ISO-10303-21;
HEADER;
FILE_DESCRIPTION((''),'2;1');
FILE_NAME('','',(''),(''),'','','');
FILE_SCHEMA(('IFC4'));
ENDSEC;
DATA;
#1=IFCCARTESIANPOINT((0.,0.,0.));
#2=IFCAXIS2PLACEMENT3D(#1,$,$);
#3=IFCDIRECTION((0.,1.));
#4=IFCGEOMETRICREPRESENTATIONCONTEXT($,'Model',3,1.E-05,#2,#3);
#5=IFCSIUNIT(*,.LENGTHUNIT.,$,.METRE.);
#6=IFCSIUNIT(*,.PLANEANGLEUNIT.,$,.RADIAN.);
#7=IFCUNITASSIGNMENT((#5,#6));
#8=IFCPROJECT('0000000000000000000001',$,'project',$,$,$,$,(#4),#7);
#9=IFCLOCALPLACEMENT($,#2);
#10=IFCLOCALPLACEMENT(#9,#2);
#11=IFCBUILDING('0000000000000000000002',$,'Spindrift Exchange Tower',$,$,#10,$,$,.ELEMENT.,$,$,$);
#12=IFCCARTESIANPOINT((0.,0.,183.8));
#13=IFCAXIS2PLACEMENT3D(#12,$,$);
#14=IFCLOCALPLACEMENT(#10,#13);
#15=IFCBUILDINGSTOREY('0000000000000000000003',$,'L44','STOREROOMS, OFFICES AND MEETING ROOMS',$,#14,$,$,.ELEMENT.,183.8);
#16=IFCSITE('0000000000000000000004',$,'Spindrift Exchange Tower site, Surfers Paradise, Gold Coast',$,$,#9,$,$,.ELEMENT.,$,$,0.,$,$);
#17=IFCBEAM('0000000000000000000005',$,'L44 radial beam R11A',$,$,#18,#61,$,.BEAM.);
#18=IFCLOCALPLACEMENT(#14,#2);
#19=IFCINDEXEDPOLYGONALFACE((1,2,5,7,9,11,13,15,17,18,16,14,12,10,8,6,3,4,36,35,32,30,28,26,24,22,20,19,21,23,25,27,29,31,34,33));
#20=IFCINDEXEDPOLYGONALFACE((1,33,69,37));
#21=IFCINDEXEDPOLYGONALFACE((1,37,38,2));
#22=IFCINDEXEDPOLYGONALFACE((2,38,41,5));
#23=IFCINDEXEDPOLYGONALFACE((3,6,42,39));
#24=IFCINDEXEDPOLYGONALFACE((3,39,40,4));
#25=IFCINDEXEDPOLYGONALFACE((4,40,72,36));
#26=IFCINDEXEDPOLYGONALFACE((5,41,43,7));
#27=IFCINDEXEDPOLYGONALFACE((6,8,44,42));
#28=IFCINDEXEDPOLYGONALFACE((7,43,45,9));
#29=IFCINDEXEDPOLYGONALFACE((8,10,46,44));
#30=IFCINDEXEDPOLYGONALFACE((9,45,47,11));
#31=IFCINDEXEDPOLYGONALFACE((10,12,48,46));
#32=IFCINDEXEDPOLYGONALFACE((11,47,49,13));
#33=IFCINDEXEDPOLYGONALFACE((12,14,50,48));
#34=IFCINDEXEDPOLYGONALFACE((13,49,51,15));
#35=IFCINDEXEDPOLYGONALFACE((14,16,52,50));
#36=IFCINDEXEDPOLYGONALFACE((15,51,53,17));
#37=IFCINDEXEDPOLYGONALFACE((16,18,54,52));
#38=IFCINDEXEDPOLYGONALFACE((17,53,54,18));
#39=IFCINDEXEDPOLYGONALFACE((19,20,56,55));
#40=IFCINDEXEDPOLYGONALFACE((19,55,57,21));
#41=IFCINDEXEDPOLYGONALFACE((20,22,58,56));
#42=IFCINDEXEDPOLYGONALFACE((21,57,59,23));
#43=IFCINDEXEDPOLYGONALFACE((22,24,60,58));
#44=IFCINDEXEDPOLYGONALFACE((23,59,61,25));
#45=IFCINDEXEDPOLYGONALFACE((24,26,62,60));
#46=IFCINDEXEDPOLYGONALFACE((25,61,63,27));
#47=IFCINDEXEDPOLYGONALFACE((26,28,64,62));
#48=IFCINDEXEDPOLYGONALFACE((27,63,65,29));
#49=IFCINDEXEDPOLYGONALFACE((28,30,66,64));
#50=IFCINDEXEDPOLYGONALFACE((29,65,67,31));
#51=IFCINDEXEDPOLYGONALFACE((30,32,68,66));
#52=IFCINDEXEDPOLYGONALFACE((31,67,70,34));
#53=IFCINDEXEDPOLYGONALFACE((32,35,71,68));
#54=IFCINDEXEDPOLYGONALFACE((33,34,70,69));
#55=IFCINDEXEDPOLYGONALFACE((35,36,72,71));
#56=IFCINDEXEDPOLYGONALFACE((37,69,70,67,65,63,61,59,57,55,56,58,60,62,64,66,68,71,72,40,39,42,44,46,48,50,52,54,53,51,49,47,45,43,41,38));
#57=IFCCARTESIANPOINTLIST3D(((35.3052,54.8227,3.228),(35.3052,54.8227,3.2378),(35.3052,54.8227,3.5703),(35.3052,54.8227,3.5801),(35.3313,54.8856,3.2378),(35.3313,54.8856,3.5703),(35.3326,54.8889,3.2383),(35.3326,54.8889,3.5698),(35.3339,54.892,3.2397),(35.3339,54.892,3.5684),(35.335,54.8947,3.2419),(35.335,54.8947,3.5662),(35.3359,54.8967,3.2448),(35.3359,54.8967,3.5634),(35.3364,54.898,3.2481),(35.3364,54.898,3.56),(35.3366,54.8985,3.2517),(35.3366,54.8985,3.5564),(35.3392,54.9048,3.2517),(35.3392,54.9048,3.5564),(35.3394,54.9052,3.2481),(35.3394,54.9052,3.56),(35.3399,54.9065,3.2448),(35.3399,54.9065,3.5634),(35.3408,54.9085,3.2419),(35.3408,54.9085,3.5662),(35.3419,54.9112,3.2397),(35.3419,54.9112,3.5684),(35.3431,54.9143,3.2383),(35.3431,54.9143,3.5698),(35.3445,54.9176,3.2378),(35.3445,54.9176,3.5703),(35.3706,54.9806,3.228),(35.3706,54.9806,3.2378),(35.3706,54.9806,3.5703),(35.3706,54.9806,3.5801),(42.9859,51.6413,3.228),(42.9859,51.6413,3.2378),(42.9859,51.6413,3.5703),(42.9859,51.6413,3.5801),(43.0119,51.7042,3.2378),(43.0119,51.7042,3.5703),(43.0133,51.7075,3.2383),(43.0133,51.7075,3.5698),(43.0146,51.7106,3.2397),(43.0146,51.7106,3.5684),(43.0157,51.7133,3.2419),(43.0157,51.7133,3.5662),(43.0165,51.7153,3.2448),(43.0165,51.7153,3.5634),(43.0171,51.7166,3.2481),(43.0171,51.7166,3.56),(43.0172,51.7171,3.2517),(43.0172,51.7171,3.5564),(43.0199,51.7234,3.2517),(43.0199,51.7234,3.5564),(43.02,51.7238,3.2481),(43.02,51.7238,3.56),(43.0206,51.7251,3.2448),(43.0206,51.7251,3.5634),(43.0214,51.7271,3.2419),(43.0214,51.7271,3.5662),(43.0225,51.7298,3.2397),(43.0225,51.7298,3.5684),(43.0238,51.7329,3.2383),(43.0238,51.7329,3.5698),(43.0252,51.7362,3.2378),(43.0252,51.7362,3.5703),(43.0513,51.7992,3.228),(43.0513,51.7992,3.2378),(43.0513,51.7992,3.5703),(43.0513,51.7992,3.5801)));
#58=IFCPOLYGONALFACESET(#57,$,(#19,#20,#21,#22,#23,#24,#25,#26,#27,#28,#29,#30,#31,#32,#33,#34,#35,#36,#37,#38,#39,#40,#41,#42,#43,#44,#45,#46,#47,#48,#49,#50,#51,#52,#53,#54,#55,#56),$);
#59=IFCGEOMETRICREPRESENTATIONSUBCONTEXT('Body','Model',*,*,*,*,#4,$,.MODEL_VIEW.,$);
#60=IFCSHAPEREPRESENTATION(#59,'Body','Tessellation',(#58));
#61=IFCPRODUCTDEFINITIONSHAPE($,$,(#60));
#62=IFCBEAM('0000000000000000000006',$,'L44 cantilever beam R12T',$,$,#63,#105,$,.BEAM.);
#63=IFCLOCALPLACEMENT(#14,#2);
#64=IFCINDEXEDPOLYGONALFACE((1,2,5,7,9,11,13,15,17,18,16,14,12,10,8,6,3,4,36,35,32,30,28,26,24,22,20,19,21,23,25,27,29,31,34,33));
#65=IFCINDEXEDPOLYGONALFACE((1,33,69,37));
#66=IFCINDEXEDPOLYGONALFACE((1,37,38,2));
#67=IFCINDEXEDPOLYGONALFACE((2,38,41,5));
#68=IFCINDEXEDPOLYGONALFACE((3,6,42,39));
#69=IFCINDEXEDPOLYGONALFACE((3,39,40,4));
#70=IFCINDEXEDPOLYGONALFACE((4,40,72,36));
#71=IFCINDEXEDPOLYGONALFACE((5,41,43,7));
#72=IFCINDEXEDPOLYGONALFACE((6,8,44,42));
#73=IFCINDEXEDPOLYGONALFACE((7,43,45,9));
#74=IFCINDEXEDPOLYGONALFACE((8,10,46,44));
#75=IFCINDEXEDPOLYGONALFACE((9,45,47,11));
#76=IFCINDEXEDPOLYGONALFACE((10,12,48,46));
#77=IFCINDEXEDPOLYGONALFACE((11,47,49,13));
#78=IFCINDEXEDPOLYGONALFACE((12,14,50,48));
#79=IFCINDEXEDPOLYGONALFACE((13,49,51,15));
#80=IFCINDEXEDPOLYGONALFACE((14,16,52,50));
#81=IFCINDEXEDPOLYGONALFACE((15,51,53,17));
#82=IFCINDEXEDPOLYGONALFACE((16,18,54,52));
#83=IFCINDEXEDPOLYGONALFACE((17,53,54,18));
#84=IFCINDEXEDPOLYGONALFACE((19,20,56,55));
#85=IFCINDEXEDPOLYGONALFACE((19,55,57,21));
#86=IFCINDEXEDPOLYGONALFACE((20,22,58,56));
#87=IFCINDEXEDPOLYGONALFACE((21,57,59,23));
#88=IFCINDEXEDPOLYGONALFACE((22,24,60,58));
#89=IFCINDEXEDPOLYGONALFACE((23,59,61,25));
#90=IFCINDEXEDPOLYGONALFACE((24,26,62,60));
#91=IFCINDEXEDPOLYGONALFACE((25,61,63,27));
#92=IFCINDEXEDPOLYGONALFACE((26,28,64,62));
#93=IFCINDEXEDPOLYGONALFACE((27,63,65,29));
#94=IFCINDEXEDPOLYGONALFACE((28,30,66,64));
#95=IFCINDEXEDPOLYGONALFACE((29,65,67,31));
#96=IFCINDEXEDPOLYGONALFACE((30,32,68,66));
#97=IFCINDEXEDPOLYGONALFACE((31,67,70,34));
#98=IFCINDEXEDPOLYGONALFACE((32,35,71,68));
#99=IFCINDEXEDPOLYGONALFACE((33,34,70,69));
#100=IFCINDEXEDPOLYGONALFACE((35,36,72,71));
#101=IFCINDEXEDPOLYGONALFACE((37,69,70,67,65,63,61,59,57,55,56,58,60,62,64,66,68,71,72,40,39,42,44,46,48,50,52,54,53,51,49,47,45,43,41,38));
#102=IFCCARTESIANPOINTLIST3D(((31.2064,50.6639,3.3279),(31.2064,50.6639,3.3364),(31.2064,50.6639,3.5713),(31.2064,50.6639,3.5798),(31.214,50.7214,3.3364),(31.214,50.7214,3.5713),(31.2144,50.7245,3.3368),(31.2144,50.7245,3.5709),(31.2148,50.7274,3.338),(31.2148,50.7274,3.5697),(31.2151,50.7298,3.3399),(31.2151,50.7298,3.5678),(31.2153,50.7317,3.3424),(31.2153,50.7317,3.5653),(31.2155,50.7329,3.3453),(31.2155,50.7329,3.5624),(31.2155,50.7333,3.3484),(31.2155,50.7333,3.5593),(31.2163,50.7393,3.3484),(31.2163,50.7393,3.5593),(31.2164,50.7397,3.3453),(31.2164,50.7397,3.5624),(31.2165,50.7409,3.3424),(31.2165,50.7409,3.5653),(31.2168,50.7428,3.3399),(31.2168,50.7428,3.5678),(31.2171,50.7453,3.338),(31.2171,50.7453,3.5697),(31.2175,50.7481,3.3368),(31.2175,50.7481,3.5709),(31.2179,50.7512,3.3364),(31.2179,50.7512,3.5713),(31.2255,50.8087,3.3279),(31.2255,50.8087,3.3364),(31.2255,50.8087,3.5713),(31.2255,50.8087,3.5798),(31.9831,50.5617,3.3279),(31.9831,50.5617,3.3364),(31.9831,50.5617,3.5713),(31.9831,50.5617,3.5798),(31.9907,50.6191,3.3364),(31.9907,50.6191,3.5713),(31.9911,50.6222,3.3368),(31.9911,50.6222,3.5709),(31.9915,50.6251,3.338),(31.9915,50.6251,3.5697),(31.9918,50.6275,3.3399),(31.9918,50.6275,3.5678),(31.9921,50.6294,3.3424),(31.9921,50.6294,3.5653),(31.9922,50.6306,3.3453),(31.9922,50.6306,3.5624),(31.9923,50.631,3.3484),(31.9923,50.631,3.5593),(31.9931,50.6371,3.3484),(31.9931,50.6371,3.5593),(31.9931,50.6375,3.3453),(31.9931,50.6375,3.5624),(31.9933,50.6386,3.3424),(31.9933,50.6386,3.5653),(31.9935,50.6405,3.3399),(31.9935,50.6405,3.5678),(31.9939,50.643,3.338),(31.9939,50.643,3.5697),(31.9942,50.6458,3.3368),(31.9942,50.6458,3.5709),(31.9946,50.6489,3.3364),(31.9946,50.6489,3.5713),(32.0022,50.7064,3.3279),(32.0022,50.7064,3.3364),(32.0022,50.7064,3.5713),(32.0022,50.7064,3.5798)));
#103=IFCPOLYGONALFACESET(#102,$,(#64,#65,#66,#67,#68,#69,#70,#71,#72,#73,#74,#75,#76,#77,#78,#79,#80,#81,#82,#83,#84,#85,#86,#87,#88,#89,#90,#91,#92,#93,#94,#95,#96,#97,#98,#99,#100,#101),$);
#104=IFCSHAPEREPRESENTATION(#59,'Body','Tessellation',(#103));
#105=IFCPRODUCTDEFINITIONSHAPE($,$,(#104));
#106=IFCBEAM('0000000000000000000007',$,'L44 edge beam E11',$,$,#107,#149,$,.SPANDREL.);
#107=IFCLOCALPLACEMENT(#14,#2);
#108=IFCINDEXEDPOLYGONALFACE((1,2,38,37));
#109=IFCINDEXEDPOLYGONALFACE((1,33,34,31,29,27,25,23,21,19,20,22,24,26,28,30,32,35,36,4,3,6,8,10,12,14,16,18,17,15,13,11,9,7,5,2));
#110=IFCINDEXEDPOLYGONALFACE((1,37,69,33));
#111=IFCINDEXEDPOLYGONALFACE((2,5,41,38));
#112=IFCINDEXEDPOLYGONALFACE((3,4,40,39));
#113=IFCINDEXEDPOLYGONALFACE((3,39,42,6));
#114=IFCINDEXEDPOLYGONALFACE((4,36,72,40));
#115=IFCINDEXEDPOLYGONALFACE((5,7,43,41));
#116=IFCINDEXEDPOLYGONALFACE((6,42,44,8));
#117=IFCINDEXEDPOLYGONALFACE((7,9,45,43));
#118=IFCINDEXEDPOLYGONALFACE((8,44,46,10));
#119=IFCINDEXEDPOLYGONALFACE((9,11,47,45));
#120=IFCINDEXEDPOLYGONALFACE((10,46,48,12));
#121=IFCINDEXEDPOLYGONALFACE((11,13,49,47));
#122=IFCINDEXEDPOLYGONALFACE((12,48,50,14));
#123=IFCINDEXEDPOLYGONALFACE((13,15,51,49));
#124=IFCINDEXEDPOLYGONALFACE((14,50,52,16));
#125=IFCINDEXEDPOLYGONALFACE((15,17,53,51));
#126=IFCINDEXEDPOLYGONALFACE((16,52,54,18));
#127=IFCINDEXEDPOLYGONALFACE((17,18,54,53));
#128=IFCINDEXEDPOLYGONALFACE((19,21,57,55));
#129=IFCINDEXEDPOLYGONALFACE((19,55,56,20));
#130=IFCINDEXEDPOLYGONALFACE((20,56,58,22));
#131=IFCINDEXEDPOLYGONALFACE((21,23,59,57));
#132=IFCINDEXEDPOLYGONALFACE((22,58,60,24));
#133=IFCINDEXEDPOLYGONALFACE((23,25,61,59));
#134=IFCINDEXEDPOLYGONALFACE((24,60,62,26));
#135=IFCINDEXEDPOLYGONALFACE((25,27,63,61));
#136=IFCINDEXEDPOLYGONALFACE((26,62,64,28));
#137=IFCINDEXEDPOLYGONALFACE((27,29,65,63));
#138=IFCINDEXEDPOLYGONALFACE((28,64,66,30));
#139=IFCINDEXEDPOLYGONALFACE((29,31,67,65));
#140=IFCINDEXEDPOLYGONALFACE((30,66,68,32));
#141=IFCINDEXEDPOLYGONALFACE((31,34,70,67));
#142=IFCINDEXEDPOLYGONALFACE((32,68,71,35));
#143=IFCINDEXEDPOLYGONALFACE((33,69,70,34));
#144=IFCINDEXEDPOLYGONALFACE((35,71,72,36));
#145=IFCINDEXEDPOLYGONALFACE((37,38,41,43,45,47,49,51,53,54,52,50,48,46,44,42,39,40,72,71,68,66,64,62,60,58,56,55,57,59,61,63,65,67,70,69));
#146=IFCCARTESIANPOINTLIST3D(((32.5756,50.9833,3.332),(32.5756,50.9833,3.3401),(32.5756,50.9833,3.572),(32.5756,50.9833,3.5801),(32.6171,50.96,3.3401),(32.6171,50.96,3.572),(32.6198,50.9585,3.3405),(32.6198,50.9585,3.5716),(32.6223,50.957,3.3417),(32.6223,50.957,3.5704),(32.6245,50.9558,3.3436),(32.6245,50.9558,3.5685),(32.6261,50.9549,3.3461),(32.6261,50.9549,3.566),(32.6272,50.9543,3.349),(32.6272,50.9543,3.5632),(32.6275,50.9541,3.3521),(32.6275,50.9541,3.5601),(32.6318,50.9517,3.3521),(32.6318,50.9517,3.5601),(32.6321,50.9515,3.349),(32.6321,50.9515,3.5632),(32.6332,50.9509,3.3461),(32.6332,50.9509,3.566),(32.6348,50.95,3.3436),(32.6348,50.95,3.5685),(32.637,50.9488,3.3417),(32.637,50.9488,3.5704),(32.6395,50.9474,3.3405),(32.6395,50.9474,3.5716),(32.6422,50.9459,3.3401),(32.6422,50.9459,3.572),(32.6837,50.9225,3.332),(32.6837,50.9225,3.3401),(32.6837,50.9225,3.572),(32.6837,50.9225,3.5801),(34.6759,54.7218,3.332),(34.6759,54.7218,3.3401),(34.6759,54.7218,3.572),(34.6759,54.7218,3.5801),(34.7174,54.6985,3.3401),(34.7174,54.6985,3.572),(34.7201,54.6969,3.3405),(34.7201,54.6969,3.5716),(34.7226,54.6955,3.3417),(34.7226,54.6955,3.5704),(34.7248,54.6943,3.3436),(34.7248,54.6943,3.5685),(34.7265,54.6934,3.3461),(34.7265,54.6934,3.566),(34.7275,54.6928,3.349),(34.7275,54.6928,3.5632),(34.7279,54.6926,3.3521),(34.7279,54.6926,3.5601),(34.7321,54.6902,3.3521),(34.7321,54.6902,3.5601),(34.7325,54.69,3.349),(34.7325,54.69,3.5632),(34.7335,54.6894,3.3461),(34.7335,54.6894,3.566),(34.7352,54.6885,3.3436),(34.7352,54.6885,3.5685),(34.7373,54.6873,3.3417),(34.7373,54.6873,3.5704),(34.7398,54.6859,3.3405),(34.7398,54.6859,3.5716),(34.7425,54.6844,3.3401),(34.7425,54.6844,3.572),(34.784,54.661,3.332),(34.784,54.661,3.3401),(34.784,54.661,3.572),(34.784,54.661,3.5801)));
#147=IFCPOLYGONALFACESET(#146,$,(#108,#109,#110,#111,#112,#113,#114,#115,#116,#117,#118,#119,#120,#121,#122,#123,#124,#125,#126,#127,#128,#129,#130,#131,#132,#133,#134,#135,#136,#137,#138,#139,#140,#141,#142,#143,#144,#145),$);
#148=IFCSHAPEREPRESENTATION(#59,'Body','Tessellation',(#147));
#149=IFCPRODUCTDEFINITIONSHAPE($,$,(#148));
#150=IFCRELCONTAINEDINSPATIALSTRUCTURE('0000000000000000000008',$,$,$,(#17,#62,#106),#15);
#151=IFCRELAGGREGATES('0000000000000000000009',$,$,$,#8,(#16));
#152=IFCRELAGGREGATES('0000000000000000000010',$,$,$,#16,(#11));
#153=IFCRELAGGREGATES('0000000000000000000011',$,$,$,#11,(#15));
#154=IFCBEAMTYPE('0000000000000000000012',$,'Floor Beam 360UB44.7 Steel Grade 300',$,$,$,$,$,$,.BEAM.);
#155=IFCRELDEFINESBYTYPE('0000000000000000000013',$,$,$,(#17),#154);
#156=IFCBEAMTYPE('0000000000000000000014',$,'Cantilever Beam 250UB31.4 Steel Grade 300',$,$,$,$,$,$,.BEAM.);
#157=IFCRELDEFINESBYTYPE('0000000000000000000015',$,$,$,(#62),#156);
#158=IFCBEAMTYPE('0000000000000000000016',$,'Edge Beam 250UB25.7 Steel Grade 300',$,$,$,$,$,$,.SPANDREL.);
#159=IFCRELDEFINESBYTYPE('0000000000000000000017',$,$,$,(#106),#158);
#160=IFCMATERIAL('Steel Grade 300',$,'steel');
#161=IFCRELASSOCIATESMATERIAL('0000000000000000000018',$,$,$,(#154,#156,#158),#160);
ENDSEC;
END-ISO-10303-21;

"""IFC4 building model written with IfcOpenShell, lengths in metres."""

from ifc_helpers import new_model, si_unit, direction, frame, origin, origin_2d, place, context, subcontext, project, spatial, i_section, extrude, source, transform, mapped, material, material_profile, profile_set, type_object, element, save


model = new_model("IFC4")

# Units and contexts
model_context = context("Model", 3, precision=1e-05, world=origin(), true_north=direction((0.0, 1.0)))
body_context = subcontext(model_context, "Body", "Model", "MODEL_VIEW")
ifc_project = project(units=[si_unit("LENGTHUNIT", "METRE"), si_unit("PLANEANGLEUNIT", "RADIAN")], contexts=[model_context])

# Site, building, storey
site_placement = place(None, origin())
site = spatial("IfcSite", under=ifc_project, at=site_placement, Name="Spindrift Exchange Tower site, Surfers Paradise, Gold Coast", CompositionType="ELEMENT", RefElevation=0.0)
building_placement = place(site_placement, origin())
building = spatial("IfcBuilding", under=site, at=building_placement, Name="Spindrift Exchange Tower", CompositionType="ELEMENT")
storey_placement = place(building_placement, frame((0.0, 0.0, 183.8)))
storey = spatial("IfcBuildingStorey", under=building, at=storey_placement, Name="L44", Description="STOREROOMS, OFFICES AND MEETING ROOMS", CompositionType="ELEMENT", Elevation=183.8)

# Beams
ifc_material_1 = material(Name="Steel Grade 300", Category="steel")
ifc_material_profile_1 = material_profile(ifc_material_1, i_section(OverallWidth=0.1709, OverallDepth=0.3521, WebThickness=0.0068, FlangeThickness=0.0098, FilletRadius=0.0139, at=origin_2d()), Name="360UB44.7")
ifc_profile_set_1 = profile_set([ifc_material_profile_1], Name="Steel Grade 300")
beam_type_1 = type_object("IfcBeamType", Name="Floor Beam 360UB44.7 Steel Grade 300", PredefinedType="BEAM", material=ifc_profile_set_1)
shared_shape_1 = source(origin(), body_context, "Body", "SweptSolid", [
    extrude(i_section(OverallWidth=0.1709, OverallDepth=0.3521, WebThickness=0.0068, FlangeThickness=0.0098, FilletRadius=0.0139, at=origin_2d()), origin(), (0.0, 0.0, 1.0), 8.3135),
])
beam_1_placement = place(storey_placement, frame((43.0186, 51.7202, 3.4041), z_axis=(-0.923881, 0.382679, 0.0), x_axis=(-0.382679, -0.923881, 0.0)))
element("IfcBeam", 1, at=beam_1_placement, inside=storey, type_object=beam_type_1, Name="L44 radial beam R11A", PredefinedType="BEAM", context=body_context, shape_type="MappedRepresentation", body=[
    mapped(shared_shape_1, transform((0.0, 0.0, 0.0), scale=1.0)),
])
ifc_material_profile_2 = material_profile(ifc_material_1, i_section(OverallWidth=0.146, OverallDepth=0.252, WebThickness=0.0061, FlangeThickness=0.0085, FilletRadius=0.012, at=origin_2d()), Name="250UB31.4")
ifc_profile_set_2 = profile_set([ifc_material_profile_2], Name="Steel Grade 300")
beam_type_2 = type_object("IfcBeamType", Name="Cantilever Beam 250UB31.4 Steel Grade 300", PredefinedType="BEAM", material=ifc_profile_set_2)
shared_shape_2 = source(origin(), body_context, "Body", "SweptSolid", [
    extrude(i_section(OverallWidth=0.146, OverallDepth=0.252, WebThickness=0.0061, FlangeThickness=0.0085, FilletRadius=0.012, at=origin_2d()), origin(), (0.0, 0.0, 1.0), 0.7834),
])
beam_2_placement = place(storey_placement, frame((31.9927, 50.634, 3.4539), z_axis=(-0.991442, 0.130551, 0.0), x_axis=(-0.130551, -0.991442, 0.0)))
element("IfcBeam", 2, at=beam_2_placement, inside=storey, type_object=beam_type_2, Name="L44 cantilever beam R12T", PredefinedType="BEAM", context=body_context, shape_type="MappedRepresentation", body=[
    mapped(shared_shape_2, transform((0.0, 0.0, 0.0), scale=1.0)),
])
ifc_material_profile_3 = material_profile(ifc_material_1, i_section(OverallWidth=0.124, OverallDepth=0.248, WebThickness=0.0049, FlangeThickness=0.0081, FilletRadius=0.012, at=origin_2d()), Name="250UB25.7")
ifc_profile_set_3 = profile_set([ifc_material_profile_3], Name="Steel Grade 300")
beam_type_3 = type_object("IfcBeamType", Name="Edge Beam 250UB25.7 Steel Grade 300", PredefinedType="SPANDREL", material=ifc_profile_set_3)
shared_shape_3 = source(origin(), body_context, "Body", "SweptSolid", [
    extrude(i_section(OverallWidth=0.124, OverallDepth=0.248, WebThickness=0.0049, FlangeThickness=0.0081, FilletRadius=0.012, at=origin_2d()), origin(), (0.0, 0.0, 1.0), 4.2881),
])
beam_3_placement = place(storey_placement, frame((34.73, 54.6914, 3.4561), z_axis=(-0.489804, -0.871832, 0.0), x_axis=(0.871832, -0.489804, 0.0)))
element("IfcBeam", 3, at=beam_3_placement, inside=storey, type_object=beam_type_3, Name="L44 edge beam E11", PredefinedType="SPANDREL", context=body_context, shape_type="MappedRepresentation", body=[
    mapped(shared_shape_3, transform((0.0, 0.0, 0.0), scale=1.0)),
])

save(model, "model.ifc")
